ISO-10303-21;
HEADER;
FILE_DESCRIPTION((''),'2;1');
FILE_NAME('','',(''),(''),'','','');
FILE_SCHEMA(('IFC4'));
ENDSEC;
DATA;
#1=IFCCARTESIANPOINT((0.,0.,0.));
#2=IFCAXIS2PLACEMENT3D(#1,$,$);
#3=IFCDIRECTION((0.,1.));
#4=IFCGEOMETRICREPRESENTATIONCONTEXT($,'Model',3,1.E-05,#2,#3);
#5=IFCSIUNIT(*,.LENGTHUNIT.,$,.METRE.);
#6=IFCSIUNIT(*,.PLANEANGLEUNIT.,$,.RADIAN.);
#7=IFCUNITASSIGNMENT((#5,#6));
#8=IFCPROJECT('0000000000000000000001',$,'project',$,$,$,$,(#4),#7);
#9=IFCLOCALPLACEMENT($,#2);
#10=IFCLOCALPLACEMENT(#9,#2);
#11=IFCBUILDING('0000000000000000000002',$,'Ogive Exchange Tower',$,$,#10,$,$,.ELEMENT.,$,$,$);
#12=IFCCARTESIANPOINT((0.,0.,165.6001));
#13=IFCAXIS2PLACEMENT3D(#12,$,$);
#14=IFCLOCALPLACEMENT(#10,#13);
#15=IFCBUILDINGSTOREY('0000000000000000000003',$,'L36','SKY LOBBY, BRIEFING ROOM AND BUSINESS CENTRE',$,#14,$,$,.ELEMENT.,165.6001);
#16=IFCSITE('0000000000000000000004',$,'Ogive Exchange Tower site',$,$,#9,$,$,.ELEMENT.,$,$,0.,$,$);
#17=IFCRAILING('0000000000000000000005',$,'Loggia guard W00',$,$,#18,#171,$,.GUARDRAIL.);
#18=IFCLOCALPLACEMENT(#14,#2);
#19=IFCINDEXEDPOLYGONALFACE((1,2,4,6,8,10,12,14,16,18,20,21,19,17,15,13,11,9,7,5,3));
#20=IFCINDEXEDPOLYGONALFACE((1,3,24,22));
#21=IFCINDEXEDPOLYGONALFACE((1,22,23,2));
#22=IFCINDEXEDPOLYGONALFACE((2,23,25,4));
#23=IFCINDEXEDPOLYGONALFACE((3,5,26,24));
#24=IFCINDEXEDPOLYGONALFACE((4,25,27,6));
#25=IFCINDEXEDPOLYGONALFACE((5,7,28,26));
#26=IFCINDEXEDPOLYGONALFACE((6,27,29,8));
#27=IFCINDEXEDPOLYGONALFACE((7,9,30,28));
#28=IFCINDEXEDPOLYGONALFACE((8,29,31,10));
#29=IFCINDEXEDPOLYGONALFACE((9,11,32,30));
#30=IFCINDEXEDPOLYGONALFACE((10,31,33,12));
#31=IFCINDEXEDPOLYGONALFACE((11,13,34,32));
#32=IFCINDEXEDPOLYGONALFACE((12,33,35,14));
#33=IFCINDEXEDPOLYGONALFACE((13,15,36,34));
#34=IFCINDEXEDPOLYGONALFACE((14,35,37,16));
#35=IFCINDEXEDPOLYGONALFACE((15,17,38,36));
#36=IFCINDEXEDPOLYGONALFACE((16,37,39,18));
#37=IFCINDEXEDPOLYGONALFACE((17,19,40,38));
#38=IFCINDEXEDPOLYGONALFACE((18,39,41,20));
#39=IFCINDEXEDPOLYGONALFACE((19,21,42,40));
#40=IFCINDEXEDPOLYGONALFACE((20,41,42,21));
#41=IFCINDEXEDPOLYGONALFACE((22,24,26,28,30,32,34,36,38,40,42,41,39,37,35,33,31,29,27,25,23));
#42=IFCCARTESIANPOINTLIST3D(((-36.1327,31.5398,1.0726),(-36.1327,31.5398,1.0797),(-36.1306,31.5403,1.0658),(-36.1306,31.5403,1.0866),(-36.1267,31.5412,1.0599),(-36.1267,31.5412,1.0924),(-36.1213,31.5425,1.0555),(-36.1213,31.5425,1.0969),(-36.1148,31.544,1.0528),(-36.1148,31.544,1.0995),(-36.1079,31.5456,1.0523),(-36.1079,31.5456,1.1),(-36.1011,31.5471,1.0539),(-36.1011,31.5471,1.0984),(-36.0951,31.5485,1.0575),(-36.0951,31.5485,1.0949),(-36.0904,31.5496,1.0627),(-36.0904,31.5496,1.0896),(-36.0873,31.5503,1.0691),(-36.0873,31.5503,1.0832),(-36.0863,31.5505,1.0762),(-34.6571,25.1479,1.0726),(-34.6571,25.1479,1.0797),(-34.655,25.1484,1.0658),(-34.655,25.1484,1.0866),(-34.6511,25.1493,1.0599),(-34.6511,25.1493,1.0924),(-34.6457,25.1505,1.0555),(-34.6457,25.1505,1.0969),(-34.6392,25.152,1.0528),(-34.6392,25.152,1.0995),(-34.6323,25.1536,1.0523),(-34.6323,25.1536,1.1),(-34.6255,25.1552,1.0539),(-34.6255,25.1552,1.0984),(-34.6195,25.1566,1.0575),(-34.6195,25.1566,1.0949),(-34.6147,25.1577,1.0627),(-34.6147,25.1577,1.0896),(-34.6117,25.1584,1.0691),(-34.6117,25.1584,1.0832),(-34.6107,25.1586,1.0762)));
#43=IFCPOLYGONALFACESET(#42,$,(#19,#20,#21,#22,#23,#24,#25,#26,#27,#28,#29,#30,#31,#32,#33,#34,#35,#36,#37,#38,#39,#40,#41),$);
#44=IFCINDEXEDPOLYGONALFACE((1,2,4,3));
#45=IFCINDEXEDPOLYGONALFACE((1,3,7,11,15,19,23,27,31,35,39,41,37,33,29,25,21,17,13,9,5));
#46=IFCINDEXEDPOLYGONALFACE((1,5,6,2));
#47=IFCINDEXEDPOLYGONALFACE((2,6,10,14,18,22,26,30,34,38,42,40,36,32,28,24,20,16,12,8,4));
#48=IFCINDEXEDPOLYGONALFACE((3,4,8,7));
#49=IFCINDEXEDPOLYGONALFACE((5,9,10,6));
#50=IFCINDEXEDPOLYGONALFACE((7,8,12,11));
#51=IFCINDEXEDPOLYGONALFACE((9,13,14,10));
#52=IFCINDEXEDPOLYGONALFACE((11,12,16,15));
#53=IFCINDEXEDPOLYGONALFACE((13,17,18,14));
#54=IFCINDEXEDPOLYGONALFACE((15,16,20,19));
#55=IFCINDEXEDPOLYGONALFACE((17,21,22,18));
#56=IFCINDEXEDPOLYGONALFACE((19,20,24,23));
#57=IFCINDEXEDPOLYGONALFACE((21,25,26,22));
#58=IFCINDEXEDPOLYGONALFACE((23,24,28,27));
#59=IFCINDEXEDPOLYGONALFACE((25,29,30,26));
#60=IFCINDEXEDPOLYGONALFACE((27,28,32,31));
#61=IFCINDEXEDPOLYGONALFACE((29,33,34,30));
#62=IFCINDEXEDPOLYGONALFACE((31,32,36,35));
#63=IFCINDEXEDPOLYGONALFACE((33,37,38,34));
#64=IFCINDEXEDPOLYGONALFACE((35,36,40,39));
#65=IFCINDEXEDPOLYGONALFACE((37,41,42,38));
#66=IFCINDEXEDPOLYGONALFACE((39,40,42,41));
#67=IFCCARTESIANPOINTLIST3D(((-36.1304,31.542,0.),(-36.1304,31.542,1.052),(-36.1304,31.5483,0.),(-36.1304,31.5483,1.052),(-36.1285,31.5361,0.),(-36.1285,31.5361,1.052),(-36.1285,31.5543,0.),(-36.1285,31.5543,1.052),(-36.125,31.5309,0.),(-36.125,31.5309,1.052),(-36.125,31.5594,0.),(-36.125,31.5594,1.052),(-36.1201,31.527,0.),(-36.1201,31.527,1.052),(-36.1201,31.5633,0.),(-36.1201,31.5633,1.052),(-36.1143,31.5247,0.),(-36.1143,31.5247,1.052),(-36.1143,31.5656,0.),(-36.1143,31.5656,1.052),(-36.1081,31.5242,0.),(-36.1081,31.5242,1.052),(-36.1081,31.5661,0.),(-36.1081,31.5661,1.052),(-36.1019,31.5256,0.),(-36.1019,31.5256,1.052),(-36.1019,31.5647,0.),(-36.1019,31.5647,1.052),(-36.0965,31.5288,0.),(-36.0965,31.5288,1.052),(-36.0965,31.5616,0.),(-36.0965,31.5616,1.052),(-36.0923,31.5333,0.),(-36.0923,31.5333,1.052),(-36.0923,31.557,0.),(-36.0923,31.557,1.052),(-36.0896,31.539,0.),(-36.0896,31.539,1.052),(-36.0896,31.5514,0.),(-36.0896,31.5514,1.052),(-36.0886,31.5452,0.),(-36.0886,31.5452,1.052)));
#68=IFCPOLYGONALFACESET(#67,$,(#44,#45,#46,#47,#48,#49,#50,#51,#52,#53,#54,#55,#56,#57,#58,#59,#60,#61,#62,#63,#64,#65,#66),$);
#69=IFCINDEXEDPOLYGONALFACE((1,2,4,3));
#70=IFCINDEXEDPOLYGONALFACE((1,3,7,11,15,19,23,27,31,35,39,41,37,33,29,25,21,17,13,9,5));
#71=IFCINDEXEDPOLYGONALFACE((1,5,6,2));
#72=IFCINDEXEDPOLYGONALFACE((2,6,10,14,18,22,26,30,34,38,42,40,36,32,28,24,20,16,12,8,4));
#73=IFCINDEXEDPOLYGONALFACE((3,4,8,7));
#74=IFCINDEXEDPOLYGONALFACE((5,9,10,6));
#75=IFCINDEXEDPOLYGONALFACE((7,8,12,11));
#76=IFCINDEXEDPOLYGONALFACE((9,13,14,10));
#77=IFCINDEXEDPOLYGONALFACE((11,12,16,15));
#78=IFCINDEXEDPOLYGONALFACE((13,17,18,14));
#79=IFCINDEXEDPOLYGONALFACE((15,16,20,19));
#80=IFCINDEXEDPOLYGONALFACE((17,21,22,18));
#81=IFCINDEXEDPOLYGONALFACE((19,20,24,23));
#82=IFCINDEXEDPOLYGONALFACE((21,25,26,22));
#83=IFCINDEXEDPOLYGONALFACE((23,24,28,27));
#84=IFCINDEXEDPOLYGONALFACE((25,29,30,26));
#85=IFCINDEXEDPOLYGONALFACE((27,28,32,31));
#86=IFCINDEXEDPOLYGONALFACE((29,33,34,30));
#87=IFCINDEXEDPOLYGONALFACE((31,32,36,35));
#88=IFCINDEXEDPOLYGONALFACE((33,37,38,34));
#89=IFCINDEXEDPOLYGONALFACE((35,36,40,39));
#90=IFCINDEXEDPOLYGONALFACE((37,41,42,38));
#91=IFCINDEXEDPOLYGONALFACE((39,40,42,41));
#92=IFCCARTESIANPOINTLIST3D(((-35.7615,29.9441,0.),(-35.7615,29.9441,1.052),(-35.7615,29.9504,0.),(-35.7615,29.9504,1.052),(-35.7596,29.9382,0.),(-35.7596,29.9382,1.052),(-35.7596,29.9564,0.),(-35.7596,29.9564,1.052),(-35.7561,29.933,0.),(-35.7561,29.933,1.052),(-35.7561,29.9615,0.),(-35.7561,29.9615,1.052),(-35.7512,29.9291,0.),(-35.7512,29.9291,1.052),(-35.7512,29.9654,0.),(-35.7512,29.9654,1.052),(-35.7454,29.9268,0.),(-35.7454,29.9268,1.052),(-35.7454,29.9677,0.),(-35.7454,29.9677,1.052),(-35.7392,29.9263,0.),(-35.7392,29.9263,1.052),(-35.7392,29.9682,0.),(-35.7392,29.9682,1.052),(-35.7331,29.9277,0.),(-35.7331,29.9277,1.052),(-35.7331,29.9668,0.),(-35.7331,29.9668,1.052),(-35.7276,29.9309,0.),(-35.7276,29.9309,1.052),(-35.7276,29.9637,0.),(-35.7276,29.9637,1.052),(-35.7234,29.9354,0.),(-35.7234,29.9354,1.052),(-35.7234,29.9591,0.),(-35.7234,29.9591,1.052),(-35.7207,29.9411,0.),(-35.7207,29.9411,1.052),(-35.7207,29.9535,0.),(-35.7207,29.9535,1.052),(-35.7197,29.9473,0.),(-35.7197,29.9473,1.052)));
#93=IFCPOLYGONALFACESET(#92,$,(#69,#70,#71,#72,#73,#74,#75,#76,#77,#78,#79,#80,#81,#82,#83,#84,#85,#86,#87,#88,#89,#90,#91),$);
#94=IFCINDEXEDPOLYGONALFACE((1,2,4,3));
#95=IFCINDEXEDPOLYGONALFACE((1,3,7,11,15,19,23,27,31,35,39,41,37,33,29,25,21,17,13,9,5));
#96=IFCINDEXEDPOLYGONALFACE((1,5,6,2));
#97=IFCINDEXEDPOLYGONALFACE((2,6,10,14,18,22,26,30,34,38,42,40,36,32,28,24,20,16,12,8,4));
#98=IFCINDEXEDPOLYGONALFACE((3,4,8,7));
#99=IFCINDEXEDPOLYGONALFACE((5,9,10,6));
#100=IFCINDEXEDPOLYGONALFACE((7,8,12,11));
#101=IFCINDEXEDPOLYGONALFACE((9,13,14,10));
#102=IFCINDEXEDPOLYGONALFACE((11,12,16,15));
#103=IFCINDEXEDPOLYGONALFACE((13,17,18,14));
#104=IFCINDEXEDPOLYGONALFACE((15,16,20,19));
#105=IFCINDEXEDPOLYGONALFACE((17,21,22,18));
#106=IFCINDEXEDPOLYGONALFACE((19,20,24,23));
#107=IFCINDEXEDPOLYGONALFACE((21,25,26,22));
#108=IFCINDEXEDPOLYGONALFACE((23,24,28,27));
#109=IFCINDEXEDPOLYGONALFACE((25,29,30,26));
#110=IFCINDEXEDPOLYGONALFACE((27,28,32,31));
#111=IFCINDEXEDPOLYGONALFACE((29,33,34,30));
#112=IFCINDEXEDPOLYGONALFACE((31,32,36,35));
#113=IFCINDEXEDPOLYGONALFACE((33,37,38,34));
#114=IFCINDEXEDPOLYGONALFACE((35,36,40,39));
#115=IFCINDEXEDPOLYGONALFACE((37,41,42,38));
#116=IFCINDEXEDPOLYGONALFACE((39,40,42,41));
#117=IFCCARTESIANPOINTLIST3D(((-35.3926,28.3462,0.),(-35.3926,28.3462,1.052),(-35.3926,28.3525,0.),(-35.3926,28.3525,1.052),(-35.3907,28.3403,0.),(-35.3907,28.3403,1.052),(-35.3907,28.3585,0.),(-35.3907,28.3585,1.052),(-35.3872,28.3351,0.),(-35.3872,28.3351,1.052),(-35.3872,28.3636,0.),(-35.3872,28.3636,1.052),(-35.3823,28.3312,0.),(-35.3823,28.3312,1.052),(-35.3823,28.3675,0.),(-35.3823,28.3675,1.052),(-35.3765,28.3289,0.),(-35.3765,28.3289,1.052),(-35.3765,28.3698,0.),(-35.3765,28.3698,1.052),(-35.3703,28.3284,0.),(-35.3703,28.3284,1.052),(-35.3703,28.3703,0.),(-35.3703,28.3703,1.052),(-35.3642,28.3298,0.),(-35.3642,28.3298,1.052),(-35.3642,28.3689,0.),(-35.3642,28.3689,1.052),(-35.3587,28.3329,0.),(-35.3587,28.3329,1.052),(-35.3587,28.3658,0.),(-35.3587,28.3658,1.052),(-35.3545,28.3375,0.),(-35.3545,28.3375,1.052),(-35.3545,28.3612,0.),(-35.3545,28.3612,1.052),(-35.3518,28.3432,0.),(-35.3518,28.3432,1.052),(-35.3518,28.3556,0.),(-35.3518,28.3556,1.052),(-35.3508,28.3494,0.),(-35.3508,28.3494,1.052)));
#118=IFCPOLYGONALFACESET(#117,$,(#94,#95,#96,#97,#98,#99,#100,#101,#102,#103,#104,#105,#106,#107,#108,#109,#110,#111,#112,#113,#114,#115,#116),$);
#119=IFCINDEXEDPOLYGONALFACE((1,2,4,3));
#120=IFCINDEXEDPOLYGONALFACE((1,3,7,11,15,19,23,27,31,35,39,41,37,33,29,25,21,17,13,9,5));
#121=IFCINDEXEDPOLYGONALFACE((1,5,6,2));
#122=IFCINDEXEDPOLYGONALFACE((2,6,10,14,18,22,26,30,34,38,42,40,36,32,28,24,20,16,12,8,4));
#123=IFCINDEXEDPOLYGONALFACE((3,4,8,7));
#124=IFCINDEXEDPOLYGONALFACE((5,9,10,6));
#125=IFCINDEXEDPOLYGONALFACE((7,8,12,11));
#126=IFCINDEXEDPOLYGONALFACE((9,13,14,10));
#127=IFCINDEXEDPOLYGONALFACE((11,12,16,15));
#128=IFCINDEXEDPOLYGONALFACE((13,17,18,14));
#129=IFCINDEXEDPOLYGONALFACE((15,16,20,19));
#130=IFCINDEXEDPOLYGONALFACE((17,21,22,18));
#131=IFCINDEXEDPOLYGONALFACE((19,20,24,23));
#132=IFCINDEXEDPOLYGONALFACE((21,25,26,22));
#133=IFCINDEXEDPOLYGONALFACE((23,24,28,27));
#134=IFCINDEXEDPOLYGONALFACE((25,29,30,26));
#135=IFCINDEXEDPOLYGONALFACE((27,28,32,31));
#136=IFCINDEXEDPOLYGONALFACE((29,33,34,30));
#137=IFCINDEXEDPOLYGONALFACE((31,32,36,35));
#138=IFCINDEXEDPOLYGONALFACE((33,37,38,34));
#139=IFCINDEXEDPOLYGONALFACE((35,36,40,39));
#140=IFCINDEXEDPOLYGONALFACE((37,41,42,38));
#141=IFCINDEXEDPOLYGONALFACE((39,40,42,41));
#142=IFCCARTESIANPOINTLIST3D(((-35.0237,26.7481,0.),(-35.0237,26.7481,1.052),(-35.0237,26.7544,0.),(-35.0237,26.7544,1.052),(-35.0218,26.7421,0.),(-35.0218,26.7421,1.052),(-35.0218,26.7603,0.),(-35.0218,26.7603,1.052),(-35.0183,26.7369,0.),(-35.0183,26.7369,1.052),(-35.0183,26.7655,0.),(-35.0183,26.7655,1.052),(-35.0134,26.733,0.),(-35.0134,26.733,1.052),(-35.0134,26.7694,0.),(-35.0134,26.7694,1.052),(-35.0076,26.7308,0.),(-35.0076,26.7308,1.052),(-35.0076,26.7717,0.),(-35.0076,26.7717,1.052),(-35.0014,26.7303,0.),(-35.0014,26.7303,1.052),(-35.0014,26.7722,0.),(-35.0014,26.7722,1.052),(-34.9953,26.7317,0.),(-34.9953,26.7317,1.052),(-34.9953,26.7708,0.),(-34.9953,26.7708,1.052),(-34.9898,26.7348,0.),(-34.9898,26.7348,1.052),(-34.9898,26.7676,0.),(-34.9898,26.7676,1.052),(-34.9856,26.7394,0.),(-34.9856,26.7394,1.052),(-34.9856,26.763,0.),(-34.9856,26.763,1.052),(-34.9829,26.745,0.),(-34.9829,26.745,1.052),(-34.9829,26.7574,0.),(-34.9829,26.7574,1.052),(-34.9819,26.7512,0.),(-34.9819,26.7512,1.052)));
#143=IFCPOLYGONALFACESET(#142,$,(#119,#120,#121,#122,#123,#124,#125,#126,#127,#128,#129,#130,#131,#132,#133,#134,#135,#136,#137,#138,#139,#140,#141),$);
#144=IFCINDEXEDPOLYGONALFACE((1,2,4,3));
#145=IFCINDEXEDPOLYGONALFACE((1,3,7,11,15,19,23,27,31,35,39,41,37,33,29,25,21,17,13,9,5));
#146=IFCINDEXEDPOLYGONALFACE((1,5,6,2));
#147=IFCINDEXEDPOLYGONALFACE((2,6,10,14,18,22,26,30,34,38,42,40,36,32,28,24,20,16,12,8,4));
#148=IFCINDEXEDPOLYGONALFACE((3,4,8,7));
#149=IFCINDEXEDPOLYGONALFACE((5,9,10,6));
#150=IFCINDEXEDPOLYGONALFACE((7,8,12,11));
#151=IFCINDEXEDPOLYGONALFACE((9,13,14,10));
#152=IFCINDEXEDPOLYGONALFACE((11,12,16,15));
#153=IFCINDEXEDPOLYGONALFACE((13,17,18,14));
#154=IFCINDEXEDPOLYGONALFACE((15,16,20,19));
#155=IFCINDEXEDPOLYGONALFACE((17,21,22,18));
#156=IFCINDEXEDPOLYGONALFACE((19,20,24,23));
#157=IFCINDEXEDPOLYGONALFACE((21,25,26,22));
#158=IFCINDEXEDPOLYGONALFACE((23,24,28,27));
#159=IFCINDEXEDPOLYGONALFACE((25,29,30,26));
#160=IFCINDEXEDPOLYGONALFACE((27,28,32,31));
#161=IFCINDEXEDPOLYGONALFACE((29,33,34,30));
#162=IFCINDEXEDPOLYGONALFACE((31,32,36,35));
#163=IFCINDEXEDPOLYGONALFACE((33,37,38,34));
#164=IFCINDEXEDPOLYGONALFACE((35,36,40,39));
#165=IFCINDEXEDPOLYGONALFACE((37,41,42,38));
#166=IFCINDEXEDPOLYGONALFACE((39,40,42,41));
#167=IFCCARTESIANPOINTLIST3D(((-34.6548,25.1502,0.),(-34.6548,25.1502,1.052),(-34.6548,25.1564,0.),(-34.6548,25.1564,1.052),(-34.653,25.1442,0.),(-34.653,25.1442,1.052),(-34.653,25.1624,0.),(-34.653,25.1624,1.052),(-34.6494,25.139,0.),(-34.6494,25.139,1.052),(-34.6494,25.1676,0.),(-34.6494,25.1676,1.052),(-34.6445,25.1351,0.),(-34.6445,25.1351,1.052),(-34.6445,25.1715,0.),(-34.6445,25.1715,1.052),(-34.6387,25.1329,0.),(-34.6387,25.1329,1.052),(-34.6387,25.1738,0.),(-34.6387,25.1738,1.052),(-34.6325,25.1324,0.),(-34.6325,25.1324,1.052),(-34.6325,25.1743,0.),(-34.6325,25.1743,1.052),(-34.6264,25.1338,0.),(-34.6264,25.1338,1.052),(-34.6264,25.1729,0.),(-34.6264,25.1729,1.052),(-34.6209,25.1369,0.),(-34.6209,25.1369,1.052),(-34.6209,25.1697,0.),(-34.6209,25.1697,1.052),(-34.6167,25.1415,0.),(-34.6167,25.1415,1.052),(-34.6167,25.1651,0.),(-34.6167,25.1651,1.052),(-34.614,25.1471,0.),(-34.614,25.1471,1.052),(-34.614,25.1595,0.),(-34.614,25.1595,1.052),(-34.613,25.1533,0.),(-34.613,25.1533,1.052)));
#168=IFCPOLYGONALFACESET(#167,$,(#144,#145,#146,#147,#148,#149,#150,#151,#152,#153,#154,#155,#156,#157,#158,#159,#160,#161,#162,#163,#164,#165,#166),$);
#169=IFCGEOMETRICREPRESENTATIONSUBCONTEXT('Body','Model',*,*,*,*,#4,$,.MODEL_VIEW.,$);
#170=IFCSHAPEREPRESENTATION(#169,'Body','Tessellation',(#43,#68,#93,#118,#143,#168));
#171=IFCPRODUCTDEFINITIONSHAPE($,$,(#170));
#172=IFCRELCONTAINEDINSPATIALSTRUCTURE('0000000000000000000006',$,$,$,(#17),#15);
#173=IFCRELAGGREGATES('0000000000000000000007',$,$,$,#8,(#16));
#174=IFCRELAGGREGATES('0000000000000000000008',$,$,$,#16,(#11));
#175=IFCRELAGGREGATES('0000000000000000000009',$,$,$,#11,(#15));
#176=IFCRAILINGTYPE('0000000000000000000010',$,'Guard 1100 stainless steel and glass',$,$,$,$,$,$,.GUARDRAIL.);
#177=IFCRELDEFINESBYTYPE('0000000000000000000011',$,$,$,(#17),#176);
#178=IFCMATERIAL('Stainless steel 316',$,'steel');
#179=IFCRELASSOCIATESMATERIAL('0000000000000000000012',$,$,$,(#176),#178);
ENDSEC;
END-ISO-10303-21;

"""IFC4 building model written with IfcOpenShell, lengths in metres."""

from ifc_helpers import new_model, si_unit, direction, frame, origin, origin_2d, place, context, subcontext, project, spatial, circle, extrude, material, type_object, element, save


model = new_model("IFC4")

# Units and contexts
model_context = context("Model", 3, precision=1e-05, world=origin(), true_north=direction((0.0, 1.0)))
body_context = subcontext(model_context, "Body", "Model", "MODEL_VIEW")
ifc_project = project(units=[si_unit("LENGTHUNIT", "METRE"), si_unit("PLANEANGLEUNIT", "RADIAN")], contexts=[model_context])

# Site, building, storey
site_placement = place(None, origin())
site = spatial("IfcSite", under=ifc_project, at=site_placement, Name="Ogive Exchange Tower site", CompositionType="ELEMENT", RefElevation=0.0)
building_placement = place(site_placement, origin())
building = spatial("IfcBuilding", under=site, at=building_placement, Name="Ogive Exchange Tower", CompositionType="ELEMENT")
storey_placement = place(building_placement, frame((0.0, 0.0, 165.6001)))
storey = spatial("IfcBuildingStorey", under=building, at=storey_placement, Name="L36", Description="SKY LOBBY, BRIEFING ROOM AND BUSINESS CENTRE", CompositionType="ELEMENT", Elevation=165.6001)

# Railing
ifc_material_1 = material(Name="Stainless steel 316", Category="steel")
railing_type_1 = type_object("IfcRailingType", Name="Guard 1100 stainless steel and glass", PredefinedType="GUARDRAIL", material=ifc_material_1)
railing_1_placement = place(storey_placement, frame((-36.1096, 31.5452, 0.0)))
element("IfcRailing", 1, at=railing_1_placement, inside=storey, type_object=railing_type_1, Name="Loggia guard W00", PredefinedType="GUARDRAIL", context=body_context, shape_type="SweptSolid", body=[
    extrude(circle(Radius=0.0239, at=origin_2d()), frame((0.0, 0.0, 1.0762), z_axis=(0.224938, -0.974373, 0.0), x_axis=(0.974373, 0.224938, 0.0)), (0.0, 0.0, 1.0), 6.5601),
    extrude(circle(Radius=0.021, at=origin_2d()), origin(), (0.0, 0.0, 1.0), 1.052),
    extrude(circle(Radius=0.021, at=origin_2d()), frame((0.3689, -1.5979, 0.0)), (0.0, 0.0, 1.0), 1.052),
    extrude(circle(Radius=0.021, at=origin_2d()), frame((0.7378, -3.1958, 0.0)), (0.0, 0.0, 1.0), 1.052),
    extrude(circle(Radius=0.021, at=origin_2d()), frame((1.1067, -4.7939, 0.0)), (0.0, 0.0, 1.0), 1.052),
    extrude(circle(Radius=0.021, at=origin_2d()), frame((1.4756, -6.3918, 0.0)), (0.0, 0.0, 1.0), 1.052),
])

save(model, "model.ifc")
